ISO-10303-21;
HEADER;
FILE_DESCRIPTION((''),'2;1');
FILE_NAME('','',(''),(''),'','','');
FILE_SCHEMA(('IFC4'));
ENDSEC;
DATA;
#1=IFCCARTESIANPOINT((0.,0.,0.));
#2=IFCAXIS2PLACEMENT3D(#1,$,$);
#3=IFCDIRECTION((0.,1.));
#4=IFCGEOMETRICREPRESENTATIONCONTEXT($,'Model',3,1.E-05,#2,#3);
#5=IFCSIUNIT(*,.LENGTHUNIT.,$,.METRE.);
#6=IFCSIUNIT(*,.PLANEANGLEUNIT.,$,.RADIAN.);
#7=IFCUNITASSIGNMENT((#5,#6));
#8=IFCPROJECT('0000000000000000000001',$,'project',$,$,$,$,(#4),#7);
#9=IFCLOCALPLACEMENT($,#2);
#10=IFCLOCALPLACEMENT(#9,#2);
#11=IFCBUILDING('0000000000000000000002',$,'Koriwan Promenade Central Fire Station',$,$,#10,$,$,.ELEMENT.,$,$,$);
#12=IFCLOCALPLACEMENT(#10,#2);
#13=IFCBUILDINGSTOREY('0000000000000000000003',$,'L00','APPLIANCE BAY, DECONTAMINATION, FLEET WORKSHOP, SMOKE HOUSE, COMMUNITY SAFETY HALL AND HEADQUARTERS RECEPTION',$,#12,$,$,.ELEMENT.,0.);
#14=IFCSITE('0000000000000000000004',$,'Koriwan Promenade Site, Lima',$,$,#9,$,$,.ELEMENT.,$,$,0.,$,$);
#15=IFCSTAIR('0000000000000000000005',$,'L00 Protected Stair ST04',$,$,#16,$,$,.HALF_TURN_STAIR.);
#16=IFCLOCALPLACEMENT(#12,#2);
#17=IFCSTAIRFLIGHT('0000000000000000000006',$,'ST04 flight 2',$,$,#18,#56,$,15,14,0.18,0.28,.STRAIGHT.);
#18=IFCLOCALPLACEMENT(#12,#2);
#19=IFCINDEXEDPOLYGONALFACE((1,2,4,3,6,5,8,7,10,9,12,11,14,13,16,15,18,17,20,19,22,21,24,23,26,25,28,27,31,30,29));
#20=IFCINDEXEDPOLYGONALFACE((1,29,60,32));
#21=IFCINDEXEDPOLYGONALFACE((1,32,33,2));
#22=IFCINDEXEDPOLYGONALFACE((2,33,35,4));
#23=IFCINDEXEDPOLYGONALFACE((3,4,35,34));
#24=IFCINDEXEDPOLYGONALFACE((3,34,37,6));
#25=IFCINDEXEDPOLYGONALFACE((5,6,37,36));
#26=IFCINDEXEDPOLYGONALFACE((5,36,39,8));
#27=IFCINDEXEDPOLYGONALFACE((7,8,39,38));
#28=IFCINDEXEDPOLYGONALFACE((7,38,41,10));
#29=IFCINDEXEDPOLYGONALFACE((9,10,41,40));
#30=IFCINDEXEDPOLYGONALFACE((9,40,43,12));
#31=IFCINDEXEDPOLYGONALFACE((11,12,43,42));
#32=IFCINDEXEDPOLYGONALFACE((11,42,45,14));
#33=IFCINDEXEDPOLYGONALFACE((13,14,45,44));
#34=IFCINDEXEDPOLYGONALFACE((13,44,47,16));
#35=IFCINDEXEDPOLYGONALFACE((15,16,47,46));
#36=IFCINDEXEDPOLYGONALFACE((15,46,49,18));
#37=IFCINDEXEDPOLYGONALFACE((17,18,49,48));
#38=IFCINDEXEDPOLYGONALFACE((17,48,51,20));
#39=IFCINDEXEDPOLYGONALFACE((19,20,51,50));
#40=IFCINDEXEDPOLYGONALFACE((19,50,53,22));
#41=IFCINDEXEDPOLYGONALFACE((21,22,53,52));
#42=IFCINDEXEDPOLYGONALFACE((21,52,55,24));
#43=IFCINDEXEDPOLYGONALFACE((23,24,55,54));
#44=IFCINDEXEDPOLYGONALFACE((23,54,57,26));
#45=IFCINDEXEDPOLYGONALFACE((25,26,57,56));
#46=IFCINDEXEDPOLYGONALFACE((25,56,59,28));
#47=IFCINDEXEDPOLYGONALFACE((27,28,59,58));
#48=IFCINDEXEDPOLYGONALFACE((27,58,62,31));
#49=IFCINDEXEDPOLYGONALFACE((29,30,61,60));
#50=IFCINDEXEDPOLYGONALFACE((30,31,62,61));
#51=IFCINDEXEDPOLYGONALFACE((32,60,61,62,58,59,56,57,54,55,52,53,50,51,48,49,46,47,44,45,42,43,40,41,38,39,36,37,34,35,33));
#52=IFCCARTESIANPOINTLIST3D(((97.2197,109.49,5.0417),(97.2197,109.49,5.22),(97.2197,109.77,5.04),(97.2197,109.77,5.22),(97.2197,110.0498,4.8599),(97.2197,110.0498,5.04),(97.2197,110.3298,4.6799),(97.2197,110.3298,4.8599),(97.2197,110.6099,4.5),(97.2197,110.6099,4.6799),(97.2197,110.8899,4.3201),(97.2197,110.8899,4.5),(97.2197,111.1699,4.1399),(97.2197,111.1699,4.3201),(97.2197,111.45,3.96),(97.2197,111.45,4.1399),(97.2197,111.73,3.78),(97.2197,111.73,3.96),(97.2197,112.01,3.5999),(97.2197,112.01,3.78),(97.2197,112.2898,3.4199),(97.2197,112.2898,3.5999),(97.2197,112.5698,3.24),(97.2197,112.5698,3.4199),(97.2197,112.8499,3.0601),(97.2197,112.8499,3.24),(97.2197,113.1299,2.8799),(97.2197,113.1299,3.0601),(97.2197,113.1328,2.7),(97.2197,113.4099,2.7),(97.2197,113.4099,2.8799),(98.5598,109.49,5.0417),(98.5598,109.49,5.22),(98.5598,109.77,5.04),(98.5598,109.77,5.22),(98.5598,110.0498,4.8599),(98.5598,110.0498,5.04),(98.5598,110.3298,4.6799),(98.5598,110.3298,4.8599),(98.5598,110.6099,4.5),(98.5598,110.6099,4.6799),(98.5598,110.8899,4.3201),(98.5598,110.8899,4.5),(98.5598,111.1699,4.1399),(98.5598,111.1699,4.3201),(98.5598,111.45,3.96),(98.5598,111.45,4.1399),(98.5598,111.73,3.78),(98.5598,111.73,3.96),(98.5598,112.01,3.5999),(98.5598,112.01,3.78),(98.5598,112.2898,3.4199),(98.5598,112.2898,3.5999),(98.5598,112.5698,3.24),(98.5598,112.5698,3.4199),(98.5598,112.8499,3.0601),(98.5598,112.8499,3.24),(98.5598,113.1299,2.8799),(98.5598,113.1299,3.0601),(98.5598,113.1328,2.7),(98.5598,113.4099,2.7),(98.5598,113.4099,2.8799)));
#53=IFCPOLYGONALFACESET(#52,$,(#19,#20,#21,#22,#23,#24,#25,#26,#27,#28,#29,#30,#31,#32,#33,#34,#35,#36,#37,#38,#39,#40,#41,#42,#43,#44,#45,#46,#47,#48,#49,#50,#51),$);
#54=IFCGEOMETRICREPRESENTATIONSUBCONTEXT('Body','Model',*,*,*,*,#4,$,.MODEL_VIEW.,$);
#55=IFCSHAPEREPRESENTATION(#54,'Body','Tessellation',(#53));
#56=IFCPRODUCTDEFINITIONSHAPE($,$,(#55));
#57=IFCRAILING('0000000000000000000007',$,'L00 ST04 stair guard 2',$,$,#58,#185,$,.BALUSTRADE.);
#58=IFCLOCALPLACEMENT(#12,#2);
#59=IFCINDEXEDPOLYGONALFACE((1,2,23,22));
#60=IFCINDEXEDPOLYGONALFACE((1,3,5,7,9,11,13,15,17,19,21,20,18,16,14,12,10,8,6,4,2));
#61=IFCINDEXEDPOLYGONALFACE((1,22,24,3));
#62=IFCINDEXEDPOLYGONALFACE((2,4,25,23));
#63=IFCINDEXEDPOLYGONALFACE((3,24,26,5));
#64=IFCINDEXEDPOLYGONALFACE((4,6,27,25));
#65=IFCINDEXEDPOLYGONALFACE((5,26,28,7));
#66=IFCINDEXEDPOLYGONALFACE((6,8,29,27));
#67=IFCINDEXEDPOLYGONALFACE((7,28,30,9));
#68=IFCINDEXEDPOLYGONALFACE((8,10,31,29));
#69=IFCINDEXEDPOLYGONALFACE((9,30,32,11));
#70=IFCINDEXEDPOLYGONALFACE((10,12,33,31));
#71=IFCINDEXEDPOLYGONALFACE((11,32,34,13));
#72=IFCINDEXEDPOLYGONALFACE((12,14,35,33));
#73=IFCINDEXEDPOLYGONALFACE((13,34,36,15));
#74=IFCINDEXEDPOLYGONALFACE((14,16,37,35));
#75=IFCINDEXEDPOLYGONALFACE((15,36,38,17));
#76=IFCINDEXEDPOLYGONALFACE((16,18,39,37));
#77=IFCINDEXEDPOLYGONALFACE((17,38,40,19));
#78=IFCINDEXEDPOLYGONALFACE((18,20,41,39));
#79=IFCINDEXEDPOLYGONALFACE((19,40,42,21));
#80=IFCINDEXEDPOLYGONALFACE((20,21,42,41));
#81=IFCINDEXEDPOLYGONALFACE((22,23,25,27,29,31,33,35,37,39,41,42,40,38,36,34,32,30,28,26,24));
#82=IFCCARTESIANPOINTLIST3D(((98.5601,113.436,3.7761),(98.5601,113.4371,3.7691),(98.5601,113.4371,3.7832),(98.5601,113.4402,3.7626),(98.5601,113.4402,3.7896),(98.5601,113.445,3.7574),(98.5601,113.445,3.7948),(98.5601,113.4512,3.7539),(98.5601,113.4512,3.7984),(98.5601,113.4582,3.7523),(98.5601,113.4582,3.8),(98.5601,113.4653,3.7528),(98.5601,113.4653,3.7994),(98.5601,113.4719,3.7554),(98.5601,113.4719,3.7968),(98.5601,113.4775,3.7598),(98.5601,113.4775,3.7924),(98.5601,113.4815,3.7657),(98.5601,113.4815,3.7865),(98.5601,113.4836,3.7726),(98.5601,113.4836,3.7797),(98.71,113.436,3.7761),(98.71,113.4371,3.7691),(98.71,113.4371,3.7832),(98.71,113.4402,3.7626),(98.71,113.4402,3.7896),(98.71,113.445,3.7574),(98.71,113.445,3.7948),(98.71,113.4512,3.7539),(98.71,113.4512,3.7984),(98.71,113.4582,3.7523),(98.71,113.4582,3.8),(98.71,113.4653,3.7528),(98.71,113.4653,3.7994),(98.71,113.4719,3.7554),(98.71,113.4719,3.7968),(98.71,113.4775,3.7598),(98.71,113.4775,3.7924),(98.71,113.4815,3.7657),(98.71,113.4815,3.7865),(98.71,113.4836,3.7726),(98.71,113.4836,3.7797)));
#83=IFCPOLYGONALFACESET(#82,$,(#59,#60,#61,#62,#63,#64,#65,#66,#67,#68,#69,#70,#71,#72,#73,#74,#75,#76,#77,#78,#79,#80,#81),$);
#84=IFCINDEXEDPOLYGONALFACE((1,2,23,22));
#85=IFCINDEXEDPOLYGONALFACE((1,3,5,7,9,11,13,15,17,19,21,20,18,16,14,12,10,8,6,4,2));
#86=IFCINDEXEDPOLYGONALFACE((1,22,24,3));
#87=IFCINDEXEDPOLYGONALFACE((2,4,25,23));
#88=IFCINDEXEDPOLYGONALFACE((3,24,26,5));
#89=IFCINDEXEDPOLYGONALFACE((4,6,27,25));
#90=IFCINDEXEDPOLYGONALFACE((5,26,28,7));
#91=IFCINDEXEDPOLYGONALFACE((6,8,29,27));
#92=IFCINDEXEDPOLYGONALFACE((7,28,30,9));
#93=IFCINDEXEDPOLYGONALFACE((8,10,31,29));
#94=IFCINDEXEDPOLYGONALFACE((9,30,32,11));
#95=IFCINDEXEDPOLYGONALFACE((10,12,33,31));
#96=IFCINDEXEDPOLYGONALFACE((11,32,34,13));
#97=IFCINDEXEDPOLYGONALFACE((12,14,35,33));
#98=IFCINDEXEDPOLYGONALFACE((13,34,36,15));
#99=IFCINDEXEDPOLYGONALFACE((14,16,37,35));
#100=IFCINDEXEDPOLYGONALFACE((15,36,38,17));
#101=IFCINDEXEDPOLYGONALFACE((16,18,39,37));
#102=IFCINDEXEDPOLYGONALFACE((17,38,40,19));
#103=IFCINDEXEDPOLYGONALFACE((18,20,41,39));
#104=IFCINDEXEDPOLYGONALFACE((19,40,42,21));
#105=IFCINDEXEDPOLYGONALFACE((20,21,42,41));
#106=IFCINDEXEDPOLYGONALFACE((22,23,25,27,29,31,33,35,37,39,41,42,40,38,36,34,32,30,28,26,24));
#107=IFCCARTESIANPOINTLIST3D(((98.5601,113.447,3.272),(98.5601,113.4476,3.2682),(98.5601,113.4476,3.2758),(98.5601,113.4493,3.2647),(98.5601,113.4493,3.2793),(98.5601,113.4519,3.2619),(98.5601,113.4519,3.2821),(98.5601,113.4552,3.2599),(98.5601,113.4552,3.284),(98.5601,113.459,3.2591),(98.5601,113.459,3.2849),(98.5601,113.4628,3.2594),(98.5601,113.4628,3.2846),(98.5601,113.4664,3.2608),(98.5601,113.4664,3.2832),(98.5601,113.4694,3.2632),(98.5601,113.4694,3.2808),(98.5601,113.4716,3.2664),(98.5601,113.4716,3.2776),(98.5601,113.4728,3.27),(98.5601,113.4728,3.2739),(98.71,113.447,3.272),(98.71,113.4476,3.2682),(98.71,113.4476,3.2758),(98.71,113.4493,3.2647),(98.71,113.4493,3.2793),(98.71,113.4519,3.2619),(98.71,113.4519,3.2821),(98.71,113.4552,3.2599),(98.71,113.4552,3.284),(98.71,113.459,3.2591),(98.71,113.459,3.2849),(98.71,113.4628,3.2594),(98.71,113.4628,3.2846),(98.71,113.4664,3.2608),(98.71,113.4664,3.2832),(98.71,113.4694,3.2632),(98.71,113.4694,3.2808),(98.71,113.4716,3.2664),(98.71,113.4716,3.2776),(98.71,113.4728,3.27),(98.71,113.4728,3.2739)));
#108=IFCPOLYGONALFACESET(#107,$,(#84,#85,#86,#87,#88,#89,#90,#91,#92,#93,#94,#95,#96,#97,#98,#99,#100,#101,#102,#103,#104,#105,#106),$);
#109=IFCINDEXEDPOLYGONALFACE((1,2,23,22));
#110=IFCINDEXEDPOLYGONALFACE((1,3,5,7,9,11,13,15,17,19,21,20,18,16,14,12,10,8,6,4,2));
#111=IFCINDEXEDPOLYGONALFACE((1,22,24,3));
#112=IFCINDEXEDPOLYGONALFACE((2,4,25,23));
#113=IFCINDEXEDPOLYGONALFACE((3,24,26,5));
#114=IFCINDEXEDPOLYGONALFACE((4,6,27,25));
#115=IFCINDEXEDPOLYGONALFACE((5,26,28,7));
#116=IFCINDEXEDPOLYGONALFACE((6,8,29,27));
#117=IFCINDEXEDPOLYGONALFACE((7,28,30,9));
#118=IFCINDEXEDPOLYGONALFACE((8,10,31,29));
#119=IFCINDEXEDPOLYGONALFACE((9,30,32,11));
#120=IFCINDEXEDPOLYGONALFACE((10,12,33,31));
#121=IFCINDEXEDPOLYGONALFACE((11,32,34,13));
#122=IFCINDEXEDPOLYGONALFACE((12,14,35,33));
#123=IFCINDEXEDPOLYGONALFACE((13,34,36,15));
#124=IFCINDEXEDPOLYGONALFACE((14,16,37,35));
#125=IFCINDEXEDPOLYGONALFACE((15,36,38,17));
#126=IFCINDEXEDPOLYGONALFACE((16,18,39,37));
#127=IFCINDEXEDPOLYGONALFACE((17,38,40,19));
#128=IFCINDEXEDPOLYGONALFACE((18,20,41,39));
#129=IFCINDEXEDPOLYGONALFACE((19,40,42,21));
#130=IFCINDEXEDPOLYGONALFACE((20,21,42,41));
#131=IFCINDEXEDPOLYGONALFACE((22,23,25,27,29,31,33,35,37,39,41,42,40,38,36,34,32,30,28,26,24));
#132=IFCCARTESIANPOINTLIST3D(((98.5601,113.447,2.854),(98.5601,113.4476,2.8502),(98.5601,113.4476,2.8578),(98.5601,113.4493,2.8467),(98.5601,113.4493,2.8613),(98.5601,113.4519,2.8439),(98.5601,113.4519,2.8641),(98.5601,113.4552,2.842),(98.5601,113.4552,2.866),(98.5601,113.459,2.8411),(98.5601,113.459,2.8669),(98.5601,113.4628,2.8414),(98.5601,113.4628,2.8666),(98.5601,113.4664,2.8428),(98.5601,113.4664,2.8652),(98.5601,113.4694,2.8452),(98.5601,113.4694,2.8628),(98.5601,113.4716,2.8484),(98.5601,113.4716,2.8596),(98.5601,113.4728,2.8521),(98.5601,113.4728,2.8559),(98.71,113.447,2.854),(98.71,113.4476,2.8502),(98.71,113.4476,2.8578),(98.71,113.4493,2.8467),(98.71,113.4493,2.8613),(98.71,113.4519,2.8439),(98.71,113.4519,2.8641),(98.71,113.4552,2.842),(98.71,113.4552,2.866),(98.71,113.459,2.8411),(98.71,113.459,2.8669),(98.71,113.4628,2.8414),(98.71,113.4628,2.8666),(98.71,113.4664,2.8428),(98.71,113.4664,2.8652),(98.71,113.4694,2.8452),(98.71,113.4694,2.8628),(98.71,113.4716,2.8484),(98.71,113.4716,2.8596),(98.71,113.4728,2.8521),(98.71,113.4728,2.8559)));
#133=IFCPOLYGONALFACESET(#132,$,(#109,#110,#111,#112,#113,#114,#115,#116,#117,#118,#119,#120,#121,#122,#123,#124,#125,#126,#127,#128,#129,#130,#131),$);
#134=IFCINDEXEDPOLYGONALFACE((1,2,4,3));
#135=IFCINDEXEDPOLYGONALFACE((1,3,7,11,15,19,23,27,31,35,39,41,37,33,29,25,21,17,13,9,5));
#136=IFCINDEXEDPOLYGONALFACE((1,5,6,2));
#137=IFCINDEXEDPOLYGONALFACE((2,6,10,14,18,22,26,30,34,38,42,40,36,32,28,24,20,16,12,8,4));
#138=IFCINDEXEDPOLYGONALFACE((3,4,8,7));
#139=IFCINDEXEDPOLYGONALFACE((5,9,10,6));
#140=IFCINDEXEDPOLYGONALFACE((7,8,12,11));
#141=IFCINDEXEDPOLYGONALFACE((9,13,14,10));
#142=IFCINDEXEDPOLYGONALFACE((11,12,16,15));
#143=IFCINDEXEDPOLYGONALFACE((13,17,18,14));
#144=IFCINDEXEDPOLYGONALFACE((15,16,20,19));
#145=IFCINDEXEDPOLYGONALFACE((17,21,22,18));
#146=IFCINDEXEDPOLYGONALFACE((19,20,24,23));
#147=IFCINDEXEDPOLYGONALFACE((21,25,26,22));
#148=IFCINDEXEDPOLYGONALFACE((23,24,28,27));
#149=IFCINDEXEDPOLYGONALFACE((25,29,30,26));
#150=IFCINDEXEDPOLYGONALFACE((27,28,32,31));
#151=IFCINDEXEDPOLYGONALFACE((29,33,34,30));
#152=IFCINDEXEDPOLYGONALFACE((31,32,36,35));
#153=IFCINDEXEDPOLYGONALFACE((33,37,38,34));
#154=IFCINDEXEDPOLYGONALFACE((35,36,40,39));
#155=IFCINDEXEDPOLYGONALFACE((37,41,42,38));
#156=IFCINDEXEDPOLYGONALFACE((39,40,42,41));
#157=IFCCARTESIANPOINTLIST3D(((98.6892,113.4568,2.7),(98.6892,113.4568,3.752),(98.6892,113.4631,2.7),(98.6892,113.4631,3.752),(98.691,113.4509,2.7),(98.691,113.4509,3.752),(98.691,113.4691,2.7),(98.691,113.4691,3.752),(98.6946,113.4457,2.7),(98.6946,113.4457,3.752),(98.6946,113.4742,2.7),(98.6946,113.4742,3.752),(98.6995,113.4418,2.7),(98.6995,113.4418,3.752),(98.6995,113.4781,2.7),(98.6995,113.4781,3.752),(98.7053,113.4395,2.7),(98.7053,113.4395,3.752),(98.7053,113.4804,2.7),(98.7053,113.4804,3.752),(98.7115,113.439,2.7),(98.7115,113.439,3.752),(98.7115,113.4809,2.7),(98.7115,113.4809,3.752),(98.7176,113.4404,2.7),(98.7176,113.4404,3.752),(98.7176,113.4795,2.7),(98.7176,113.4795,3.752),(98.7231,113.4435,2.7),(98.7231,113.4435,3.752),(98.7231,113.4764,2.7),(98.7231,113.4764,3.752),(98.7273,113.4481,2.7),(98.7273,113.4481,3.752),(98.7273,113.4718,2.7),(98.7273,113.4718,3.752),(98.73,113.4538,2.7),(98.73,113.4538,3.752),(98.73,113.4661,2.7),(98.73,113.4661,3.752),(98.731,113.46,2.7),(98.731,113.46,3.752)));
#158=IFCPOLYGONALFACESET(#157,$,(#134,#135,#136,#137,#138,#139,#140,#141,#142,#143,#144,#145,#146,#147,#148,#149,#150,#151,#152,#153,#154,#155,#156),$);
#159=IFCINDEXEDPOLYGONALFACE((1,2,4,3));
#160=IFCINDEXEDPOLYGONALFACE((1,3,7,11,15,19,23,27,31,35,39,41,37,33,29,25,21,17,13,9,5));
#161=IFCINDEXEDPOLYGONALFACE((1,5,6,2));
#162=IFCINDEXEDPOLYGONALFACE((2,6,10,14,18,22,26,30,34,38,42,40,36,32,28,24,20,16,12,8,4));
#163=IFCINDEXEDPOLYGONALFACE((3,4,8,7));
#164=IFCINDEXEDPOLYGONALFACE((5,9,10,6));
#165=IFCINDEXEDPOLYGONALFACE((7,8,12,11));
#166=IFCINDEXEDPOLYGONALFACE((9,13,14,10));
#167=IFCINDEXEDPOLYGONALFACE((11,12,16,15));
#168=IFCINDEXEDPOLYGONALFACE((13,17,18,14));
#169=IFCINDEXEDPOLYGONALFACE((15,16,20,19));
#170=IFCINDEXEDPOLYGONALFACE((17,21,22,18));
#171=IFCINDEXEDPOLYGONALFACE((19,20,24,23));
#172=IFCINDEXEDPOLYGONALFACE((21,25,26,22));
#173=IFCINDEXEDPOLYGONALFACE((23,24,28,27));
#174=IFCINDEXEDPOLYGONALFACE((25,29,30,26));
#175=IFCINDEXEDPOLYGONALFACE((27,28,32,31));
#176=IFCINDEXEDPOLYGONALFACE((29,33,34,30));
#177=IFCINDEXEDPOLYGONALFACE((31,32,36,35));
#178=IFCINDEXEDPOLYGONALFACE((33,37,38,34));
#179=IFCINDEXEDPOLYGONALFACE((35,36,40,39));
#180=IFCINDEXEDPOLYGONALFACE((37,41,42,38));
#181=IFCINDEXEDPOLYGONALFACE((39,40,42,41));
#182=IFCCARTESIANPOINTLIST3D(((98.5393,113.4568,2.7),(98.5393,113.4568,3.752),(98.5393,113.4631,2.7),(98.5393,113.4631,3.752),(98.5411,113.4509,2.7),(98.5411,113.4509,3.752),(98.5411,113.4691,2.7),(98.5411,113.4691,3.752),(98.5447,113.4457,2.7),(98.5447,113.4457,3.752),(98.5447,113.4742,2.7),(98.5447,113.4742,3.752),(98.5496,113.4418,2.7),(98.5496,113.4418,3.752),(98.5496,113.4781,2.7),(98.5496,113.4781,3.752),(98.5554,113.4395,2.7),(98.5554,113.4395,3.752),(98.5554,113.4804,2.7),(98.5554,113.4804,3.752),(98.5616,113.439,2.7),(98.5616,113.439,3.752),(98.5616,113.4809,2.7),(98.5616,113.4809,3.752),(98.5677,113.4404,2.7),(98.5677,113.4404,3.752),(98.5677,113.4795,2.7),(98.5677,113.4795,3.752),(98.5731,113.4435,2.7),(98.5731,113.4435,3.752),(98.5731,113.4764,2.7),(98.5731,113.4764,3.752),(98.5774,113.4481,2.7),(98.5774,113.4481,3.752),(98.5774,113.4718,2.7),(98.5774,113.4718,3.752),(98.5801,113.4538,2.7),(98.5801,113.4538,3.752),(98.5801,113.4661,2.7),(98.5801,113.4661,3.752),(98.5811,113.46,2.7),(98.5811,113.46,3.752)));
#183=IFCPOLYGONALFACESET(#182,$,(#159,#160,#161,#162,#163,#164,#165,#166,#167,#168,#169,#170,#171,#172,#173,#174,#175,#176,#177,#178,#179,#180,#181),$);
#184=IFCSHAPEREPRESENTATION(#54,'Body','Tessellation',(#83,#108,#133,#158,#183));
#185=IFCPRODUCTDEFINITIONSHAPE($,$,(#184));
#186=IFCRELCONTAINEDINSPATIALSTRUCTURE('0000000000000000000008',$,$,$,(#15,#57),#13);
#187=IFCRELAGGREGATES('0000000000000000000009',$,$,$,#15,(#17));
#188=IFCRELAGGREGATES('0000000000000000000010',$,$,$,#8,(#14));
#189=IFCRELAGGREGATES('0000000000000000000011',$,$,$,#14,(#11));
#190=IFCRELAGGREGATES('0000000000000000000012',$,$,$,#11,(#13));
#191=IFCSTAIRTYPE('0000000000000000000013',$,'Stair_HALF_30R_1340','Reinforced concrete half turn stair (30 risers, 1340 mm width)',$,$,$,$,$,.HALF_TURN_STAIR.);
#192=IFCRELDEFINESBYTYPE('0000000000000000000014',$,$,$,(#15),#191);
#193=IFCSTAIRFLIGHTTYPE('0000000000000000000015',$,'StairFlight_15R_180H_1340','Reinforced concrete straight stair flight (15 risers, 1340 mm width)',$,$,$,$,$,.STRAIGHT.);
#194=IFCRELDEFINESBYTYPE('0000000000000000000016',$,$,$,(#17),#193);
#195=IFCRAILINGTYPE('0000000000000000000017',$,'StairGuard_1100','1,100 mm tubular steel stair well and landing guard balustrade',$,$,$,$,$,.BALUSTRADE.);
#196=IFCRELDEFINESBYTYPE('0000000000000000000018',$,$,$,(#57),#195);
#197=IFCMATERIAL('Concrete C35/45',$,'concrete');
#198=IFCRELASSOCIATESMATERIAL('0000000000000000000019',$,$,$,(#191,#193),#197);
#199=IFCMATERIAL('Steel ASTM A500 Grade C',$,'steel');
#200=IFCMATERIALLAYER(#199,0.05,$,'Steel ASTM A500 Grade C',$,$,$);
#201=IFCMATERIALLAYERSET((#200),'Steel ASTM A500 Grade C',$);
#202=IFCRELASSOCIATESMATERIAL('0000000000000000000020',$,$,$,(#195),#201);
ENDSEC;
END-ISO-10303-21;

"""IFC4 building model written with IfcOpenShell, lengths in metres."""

from ifc_helpers import new_model, si_unit, direction, frame, origin, origin_2d, place, context, subcontext, project, spatial, polyline, circle, outline, extrude, material, layer, layer_set, type_object, element, aggregate, save


model = new_model("IFC4")

# Units and contexts
model_context = context("Model", 3, precision=1e-05, world=origin(), true_north=direction((0.0, 1.0)))
body_context = subcontext(model_context, "Body", "Model", "MODEL_VIEW")
ifc_project = project(units=[si_unit("LENGTHUNIT", "METRE"), si_unit("PLANEANGLEUNIT", "RADIAN")], contexts=[model_context])

# Site, building, storey
site_placement = place(None, origin())
site = spatial("IfcSite", under=ifc_project, at=site_placement, Name="Koriwan Promenade Site, Lima", CompositionType="ELEMENT", RefElevation=0.0)
building_placement = place(site_placement, origin())
building = spatial("IfcBuilding", under=site, at=building_placement, Name="Koriwan Promenade Central Fire Station", CompositionType="ELEMENT")
storey_placement = place(building_placement, origin())
storey = spatial("IfcBuildingStorey", under=building, at=storey_placement, Name="L00", Description="APPLIANCE BAY, DECONTAMINATION, FLEET WORKSHOP, SMOKE HOUSE, COMMUNITY SAFETY HALL AND HEADQUARTERS RECEPTION", CompositionType="ELEMENT", Elevation=0.0)

# Shared definitions
ifc_material_1 = material(Name="Concrete C35/45", Category="concrete")

# Stair, stair flight
stair_type = type_object("IfcStairType", Name="Stair_HALF_30R_1340", Description="Reinforced concrete half turn stair (30 risers, 1340 mm width)", PredefinedType="HALF_TURN_STAIR", material=ifc_material_1)
stair_placement = place(storey_placement, origin())
stair = element("IfcStair", 1, at=stair_placement, inside=storey, type_object=stair_type, Name="L00 Protected Stair ST04", PredefinedType="HALF_TURN_STAIR")
stair_flight_type = type_object("IfcStairFlightType", Name="StairFlight_15R_180H_1340", Description="Reinforced concrete straight stair flight (15 risers, 1340 mm width)", PredefinedType="STRAIGHT", material=ifc_material_1)
stair_flight_placement = place(storey_placement, frame((97.8899, 113.4099, 2.7), z_axis=(0.0, 0.0, 1.0), x_axis=(0.0, -1.0, 0.0)))
stair_flight = element("IfcStairFlight", 2, at=stair_flight_placement, type_object=stair_flight_type, Name="ST04 flight 2", NumberOfRisers=15, NumberOfTreads=14, PredefinedType="STRAIGHT", RiserHeight=0.18, TreadLength=0.28, context=body_context, shape_type="SweptSolid", body=[
    extrude(outline(polyline([(0.0, 0.0), (0.0, 0.1799), (0.28, 0.1799), (0.28, 0.3601), (0.5601, 0.3601), (0.5601, 0.54), (0.8401, 0.54), (0.8401, 0.72), (1.1201, 0.72), (1.1201, 0.8999), (1.3999, 0.8999), (1.3999, 1.0801), (1.6799, 1.0801), (1.6799, 1.26), (1.96, 1.26), (1.96, 1.4399), (2.24, 1.4399), (2.24, 1.6201), (2.52, 1.6201), (2.52, 1.8), (2.8, 1.8), (2.8, 1.98), (3.0801, 1.98), (3.0801, 2.1599), (3.3601, 2.1599), (3.3601, 2.3401), (3.6399, 2.3401), (3.6399, 2.52), (3.9199, 2.52), (3.9199, 2.7), (3.9199, 2.3418), (0.2771, 0.0), (0.0, 0.0)])), frame((0.0, 0.6699, 0.0), z_axis=(0.0, -1.0, 0.0), x_axis=(1.0, 0.0, 0.0)), (0.0, 0.0, 1.0), 1.3401),
])
aggregate(stair, [stair_flight])

# Railing
ifc_material_2 = material(Name="Steel ASTM A500 Grade C", Category="steel")
ifc_layer_1 = layer(ifc_material_2, 0.05, Name="Steel ASTM A500 Grade C")
ifc_layer_set_1 = layer_set([ifc_layer_1], Name="Steel ASTM A500 Grade C")
railing_type_1 = type_object("IfcRailingType", Name="StairGuard_1100", Description="1,100 mm tubular steel stair well and landing guard balustrade", PredefinedType="BALUSTRADE", material=ifc_layer_set_1)
railing_1_placement = place(storey_placement, frame((98.71, 113.46, 2.7)))
element("IfcRailing", 3, at=railing_1_placement, inside=storey, type_object=railing_type_1, Name="L00 ST04 stair guard 2", PredefinedType="BALUSTRADE", context=body_context, shape_type="SweptSolid", body=[
    extrude(circle(Radius=0.0239, at=origin_2d()), frame((0.0, 0.0, 1.0762), z_axis=(-1.0, 0.0, 0.0), x_axis=(0.0, -1.0, 0.0)), (0.0, 0.0, 1.0), 0.1499),
    extrude(circle(Radius=0.0129, at=origin_2d()), frame((0.0, 0.0, 0.572), z_axis=(-1.0, 0.0, 0.0), x_axis=(0.0, -1.0, 0.0)), (0.0, 0.0, 1.0), 0.1499),
    extrude(circle(Radius=0.0129, at=origin_2d()), frame((0.0, 0.0, 0.1541), z_axis=(-1.0, 0.0, 0.0), x_axis=(0.0, -1.0, 0.0)), (0.0, 0.0, 1.0), 0.1499),
    extrude(circle(Radius=0.021, at=origin_2d()), origin(), (0.0, 0.0, 1.0), 1.052),
    extrude(circle(Radius=0.021, at=origin_2d()), frame((-0.1499, 0.0, 0.0)), (0.0, 0.0, 1.0), 1.052),
])

save(model, "model.ifc")
